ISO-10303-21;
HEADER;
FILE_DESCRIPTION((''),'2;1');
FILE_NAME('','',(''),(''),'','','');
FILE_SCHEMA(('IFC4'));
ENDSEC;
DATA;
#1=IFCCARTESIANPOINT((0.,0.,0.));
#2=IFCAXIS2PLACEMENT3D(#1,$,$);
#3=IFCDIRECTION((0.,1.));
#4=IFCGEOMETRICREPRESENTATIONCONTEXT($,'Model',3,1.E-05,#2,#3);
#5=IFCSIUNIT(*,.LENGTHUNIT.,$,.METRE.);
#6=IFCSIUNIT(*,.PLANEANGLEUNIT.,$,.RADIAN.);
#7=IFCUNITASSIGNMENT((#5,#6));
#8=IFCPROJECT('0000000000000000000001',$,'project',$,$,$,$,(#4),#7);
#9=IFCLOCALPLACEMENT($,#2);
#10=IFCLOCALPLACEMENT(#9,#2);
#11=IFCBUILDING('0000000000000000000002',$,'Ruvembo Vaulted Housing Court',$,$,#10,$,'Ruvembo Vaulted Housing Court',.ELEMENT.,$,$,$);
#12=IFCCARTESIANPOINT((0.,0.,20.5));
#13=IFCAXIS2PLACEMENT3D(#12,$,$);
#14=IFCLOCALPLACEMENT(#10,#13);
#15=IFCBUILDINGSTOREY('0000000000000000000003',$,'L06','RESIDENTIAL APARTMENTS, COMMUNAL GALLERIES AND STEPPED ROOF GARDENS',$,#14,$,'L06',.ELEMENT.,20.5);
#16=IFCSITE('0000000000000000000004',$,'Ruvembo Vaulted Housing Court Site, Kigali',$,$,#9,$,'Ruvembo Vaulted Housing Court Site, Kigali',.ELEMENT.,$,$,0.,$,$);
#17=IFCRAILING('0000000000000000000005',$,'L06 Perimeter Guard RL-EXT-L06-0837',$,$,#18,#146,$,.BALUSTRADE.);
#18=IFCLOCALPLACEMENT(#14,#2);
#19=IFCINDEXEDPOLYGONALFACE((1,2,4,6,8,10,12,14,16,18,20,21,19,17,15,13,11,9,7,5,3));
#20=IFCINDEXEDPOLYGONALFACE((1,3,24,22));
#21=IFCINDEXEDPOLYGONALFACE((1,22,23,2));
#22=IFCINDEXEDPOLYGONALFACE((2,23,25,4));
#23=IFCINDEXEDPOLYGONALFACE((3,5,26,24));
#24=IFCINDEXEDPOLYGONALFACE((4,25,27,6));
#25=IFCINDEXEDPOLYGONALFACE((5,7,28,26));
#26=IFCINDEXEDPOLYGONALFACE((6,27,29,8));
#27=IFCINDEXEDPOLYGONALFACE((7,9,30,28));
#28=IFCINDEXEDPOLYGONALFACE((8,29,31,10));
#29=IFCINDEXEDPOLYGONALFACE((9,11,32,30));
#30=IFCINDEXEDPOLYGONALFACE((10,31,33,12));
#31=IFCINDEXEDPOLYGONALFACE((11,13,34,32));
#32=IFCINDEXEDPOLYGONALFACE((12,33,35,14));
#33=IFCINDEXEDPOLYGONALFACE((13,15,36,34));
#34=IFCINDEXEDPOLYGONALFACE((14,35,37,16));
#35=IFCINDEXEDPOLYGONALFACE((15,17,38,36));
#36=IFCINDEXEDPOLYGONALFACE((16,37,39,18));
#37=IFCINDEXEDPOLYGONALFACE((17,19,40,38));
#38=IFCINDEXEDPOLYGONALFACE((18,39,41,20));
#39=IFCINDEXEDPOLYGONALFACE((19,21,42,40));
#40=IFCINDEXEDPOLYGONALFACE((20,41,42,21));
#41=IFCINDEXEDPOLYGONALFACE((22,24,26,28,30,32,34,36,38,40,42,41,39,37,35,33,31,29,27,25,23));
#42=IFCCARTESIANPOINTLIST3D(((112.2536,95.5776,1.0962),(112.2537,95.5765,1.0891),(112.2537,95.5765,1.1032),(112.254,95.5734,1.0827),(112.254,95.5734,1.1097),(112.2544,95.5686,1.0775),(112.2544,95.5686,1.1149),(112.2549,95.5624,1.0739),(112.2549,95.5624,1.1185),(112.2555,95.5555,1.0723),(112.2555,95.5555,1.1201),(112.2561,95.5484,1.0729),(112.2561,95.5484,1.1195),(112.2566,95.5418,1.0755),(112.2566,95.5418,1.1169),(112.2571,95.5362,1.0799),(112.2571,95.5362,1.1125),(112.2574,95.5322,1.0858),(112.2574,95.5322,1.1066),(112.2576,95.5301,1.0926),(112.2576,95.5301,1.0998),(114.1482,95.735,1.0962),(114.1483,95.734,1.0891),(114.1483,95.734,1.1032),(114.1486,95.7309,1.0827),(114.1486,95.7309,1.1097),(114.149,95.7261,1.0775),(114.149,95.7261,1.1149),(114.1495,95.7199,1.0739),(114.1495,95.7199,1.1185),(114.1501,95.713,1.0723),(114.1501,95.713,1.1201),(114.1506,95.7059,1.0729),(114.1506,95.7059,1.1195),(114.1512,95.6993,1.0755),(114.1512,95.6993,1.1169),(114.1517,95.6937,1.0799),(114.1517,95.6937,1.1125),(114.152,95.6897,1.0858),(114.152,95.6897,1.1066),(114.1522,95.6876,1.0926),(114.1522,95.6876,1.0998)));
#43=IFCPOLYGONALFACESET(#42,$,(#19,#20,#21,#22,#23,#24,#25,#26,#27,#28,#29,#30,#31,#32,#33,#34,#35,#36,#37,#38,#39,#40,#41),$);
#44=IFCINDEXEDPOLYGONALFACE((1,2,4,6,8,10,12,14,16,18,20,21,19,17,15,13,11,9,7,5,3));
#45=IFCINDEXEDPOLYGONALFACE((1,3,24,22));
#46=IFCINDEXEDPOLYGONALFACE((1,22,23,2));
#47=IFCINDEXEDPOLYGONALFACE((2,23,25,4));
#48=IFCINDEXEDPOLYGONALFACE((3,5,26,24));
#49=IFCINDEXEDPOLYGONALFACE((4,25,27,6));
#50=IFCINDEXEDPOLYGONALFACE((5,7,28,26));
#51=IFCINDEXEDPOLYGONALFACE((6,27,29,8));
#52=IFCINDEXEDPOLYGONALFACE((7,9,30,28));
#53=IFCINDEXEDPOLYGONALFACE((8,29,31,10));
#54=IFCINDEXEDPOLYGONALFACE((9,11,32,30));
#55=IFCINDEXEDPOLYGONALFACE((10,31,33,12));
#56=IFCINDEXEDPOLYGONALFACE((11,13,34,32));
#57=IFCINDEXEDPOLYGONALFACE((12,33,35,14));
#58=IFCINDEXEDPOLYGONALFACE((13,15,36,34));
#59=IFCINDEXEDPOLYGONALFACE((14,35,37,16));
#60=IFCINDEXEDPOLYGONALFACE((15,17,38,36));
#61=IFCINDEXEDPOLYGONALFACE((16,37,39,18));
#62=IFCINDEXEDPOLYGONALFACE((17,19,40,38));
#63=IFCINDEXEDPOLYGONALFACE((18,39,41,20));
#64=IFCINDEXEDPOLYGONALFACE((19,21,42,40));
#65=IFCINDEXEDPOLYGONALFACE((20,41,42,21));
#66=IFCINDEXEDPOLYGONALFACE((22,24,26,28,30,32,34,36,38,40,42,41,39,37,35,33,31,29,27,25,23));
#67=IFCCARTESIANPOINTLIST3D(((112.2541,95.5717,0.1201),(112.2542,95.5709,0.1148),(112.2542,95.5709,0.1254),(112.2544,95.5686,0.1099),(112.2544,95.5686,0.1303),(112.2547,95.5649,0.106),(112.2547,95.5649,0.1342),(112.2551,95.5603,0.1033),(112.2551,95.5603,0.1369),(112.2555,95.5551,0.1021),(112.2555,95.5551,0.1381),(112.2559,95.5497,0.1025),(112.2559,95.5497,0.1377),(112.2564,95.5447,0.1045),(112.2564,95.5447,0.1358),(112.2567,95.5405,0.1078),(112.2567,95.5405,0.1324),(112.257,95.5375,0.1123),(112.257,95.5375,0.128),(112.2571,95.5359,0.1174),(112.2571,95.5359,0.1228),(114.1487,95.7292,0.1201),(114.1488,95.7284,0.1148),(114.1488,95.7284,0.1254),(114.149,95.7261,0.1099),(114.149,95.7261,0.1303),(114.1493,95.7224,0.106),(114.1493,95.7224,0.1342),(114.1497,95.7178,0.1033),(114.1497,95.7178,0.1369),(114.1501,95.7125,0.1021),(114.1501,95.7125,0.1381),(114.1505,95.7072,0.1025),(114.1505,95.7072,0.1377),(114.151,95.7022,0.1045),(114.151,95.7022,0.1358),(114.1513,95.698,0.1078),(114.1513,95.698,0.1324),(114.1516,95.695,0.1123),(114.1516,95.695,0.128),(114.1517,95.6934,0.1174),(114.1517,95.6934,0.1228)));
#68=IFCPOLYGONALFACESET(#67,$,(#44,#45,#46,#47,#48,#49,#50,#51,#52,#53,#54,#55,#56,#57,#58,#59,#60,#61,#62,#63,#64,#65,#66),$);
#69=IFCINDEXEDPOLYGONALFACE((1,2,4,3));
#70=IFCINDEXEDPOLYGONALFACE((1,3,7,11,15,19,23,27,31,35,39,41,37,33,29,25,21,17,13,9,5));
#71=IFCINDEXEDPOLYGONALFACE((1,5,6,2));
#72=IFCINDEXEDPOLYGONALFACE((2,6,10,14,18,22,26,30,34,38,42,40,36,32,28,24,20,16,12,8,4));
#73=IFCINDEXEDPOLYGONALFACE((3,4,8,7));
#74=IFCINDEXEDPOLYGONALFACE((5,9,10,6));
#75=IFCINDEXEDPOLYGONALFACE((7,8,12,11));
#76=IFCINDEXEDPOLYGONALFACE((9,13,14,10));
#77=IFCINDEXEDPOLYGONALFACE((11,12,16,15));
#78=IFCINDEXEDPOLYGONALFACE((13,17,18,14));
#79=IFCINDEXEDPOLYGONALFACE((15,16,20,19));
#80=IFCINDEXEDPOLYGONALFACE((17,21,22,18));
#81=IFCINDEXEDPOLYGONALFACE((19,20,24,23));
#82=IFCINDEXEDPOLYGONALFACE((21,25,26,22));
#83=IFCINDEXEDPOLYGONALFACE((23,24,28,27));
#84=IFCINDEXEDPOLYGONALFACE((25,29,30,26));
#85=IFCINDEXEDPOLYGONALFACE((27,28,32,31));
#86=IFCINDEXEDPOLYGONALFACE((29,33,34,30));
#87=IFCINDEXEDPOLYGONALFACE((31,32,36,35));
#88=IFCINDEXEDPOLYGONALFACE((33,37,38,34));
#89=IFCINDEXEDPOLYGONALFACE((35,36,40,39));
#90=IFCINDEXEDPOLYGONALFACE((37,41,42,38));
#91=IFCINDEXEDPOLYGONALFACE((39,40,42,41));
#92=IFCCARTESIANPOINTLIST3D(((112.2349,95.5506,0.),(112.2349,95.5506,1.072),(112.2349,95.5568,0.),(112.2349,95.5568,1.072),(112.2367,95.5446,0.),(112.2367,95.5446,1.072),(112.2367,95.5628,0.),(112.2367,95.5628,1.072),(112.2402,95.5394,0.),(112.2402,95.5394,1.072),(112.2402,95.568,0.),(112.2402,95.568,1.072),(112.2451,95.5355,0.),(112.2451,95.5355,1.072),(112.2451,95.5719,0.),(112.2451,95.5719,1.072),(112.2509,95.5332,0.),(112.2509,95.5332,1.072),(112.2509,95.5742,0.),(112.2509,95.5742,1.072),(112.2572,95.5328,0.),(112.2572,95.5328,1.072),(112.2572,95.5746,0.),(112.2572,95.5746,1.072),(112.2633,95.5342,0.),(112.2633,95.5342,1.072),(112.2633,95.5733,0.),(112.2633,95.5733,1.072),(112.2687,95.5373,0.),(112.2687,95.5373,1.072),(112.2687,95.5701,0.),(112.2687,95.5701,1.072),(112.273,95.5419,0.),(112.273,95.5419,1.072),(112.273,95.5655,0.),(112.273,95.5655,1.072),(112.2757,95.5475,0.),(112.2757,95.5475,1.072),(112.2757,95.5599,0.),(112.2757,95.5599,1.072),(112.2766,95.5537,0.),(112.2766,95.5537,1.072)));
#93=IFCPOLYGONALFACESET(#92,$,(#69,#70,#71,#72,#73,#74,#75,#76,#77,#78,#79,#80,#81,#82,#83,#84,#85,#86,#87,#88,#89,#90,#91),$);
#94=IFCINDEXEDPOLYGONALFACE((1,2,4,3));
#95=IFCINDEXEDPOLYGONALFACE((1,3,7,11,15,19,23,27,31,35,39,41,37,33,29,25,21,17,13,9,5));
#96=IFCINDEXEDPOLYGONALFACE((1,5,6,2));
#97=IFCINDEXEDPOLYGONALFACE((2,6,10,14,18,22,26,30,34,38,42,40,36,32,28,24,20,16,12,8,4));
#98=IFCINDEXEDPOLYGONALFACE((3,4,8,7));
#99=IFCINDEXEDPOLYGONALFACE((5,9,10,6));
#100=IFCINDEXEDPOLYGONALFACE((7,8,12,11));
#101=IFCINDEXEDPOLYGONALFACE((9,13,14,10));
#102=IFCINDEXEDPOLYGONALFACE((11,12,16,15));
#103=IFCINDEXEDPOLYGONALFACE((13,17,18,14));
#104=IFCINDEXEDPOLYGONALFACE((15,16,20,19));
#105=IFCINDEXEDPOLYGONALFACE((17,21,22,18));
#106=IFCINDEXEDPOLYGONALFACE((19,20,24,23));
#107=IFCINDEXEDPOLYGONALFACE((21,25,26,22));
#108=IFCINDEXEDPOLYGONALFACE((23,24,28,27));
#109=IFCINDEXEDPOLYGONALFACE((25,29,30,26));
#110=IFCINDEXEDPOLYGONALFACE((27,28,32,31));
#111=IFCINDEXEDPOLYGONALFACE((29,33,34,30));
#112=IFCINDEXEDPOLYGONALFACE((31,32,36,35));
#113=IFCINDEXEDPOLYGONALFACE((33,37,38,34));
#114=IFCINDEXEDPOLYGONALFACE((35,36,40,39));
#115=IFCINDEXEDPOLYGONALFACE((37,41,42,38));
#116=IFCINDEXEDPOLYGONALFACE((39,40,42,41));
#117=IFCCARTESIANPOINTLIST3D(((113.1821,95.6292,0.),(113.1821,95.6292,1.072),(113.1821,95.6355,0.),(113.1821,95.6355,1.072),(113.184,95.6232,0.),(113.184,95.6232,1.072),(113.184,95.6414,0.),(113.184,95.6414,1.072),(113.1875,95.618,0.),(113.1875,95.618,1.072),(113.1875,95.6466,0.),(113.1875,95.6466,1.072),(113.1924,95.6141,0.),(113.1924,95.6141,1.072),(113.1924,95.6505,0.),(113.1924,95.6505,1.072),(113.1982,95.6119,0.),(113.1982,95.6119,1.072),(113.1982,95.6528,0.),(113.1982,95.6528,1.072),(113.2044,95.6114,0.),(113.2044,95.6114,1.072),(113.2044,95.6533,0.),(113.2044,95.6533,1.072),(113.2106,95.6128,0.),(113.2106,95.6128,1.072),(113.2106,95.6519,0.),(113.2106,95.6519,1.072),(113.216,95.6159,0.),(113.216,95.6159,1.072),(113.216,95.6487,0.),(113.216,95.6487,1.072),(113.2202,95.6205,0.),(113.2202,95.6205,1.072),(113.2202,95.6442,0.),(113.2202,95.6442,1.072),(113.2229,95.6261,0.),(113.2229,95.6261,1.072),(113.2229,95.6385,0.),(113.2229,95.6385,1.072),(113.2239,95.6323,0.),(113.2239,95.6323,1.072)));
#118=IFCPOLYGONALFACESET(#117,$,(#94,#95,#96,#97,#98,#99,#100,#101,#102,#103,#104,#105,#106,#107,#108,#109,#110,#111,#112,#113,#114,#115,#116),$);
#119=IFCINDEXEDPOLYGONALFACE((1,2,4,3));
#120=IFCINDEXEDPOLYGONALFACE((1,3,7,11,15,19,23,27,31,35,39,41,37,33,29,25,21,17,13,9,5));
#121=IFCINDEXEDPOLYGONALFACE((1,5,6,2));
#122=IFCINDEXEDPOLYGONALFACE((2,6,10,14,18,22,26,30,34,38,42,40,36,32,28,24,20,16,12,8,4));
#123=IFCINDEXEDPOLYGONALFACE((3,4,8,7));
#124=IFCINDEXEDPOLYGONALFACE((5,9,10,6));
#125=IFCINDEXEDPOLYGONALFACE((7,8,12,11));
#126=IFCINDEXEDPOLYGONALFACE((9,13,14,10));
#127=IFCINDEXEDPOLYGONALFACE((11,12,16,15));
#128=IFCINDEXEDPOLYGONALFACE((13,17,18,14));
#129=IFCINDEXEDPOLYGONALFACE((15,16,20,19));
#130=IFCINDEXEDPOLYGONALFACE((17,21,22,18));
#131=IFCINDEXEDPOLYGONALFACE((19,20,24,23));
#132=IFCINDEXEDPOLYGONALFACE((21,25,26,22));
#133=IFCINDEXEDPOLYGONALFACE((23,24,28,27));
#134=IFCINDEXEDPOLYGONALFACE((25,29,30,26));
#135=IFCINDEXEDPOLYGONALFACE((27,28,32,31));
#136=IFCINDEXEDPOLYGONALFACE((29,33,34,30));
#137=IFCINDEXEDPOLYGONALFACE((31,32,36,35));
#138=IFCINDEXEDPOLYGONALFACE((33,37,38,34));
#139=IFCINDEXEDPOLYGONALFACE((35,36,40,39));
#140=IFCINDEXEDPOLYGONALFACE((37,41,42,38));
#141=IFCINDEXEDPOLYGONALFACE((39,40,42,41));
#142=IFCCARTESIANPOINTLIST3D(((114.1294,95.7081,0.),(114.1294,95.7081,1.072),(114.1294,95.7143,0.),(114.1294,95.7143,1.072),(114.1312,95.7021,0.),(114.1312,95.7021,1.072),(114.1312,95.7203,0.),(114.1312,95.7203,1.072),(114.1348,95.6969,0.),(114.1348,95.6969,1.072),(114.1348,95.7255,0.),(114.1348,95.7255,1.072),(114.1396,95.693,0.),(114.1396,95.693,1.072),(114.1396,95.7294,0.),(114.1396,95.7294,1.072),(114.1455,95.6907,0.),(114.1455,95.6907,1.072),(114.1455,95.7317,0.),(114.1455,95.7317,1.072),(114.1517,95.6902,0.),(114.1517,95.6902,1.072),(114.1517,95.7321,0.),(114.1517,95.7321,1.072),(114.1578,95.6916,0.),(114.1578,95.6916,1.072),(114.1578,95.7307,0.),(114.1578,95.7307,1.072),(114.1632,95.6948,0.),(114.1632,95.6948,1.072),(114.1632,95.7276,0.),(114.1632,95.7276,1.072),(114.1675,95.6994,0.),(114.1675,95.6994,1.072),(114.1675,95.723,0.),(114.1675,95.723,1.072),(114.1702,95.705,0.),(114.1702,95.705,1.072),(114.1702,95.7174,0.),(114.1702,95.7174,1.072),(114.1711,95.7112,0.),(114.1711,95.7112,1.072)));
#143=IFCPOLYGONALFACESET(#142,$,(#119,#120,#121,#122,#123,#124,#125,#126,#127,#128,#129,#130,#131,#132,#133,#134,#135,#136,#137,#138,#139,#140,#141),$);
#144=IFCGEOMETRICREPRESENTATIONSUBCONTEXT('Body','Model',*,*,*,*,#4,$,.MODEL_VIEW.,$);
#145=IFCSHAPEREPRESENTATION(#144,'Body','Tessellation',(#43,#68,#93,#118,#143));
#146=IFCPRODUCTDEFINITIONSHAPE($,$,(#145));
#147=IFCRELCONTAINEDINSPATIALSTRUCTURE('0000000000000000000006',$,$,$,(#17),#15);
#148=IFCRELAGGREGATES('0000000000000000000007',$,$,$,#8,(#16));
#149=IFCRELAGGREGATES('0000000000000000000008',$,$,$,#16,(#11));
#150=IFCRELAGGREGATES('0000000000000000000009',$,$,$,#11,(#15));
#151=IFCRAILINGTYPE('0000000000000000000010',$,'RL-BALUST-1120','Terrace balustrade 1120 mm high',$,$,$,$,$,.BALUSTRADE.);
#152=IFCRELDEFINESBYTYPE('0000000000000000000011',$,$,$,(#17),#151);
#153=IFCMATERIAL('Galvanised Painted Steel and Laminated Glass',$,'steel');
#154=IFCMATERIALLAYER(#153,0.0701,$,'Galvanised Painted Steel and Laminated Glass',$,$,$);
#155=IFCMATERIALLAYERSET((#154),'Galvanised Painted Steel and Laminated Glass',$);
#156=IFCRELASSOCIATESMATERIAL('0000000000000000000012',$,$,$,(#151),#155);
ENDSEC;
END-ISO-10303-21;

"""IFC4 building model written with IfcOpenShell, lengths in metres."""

from ifc_helpers import new_model, si_unit, direction, frame, origin, origin_2d, place, context, subcontext, project, spatial, circle, extrude, material, layer, layer_set, type_object, element, save


model = new_model("IFC4")

# Units and contexts
model_context = context("Model", 3, precision=1e-05, world=origin(), true_north=direction((0.0, 1.0)))
body_context = subcontext(model_context, "Body", "Model", "MODEL_VIEW")
ifc_project = project(units=[si_unit("LENGTHUNIT", "METRE"), si_unit("PLANEANGLEUNIT", "RADIAN")], contexts=[model_context])

# Site, building, storey
site_placement = place(None, origin())
site = spatial("IfcSite", under=ifc_project, at=site_placement, Name="Ruvembo Vaulted Housing Court Site, Kigali", LongName="Ruvembo Vaulted Housing Court Site, Kigali", CompositionType="ELEMENT", RefElevation=0.0)
building_placement = place(site_placement, origin())
building = spatial("IfcBuilding", under=site, at=building_placement, Name="Ruvembo Vaulted Housing Court", LongName="Ruvembo Vaulted Housing Court", CompositionType="ELEMENT")
storey_placement = place(building_placement, frame((0.0, 0.0, 20.5)))
storey = spatial("IfcBuildingStorey", under=building, at=storey_placement, Name="L06", Description="RESIDENTIAL APARTMENTS, COMMUNAL GALLERIES AND STEPPED ROOF GARDENS", LongName="L06", CompositionType="ELEMENT", Elevation=20.5)

# Railing
ifc_material_1 = material(Name="Galvanised Painted Steel and Laminated Glass", Category="steel")
ifc_layer = layer(ifc_material_1, 0.0701, Name="Galvanised Painted Steel and Laminated Glass")
ifc_layer_set = layer_set([ifc_layer], Name="Galvanised Painted Steel and Laminated Glass")
railing_type = type_object("IfcRailingType", Name="RL-BALUST-1120", Description="Terrace balustrade 1120 mm high", PredefinedType="BALUSTRADE", material=ifc_layer_set)
railing_1_placement = place(storey_placement, frame((112.2556, 95.5537, 0.0)))
element("IfcRailing", 1, at=railing_1_placement, inside=storey, type_object=railing_type, Name="L06 Perimeter Guard RL-EXT-L06-0837", PredefinedType="BALUSTRADE", context=body_context, shape_type="SweptSolid", body=[
    extrude(circle(Radius=0.0239, at=origin_2d()), frame((0.0, 0.0, 1.0962), z_axis=(0.996563, 0.082833, 0.0), x_axis=(-0.082833, 0.996563, 0.0)), (0.0, 0.0, 1.0), 1.9011),
    extrude(circle(Radius=0.0181, at=origin_2d()), frame((0.0, 0.0, 0.1201), z_axis=(0.996563, 0.082833, 0.0), x_axis=(-0.082833, 0.996563, 0.0)), (0.0, 0.0, 1.0), 1.9011),
    extrude(circle(Radius=0.021, at=origin_2d()), origin(), (0.0, 0.0, 1.0), 1.072),
    extrude(circle(Radius=0.021, at=origin_2d()), frame((0.9473, 0.0786, 0.0)), (0.0, 0.0, 1.0), 1.072),
    extrude(circle(Radius=0.021, at=origin_2d()), frame((1.8945, 0.1575, 0.0)), (0.0, 0.0, 1.0), 1.072),
])

save(model, "model.ifc")
